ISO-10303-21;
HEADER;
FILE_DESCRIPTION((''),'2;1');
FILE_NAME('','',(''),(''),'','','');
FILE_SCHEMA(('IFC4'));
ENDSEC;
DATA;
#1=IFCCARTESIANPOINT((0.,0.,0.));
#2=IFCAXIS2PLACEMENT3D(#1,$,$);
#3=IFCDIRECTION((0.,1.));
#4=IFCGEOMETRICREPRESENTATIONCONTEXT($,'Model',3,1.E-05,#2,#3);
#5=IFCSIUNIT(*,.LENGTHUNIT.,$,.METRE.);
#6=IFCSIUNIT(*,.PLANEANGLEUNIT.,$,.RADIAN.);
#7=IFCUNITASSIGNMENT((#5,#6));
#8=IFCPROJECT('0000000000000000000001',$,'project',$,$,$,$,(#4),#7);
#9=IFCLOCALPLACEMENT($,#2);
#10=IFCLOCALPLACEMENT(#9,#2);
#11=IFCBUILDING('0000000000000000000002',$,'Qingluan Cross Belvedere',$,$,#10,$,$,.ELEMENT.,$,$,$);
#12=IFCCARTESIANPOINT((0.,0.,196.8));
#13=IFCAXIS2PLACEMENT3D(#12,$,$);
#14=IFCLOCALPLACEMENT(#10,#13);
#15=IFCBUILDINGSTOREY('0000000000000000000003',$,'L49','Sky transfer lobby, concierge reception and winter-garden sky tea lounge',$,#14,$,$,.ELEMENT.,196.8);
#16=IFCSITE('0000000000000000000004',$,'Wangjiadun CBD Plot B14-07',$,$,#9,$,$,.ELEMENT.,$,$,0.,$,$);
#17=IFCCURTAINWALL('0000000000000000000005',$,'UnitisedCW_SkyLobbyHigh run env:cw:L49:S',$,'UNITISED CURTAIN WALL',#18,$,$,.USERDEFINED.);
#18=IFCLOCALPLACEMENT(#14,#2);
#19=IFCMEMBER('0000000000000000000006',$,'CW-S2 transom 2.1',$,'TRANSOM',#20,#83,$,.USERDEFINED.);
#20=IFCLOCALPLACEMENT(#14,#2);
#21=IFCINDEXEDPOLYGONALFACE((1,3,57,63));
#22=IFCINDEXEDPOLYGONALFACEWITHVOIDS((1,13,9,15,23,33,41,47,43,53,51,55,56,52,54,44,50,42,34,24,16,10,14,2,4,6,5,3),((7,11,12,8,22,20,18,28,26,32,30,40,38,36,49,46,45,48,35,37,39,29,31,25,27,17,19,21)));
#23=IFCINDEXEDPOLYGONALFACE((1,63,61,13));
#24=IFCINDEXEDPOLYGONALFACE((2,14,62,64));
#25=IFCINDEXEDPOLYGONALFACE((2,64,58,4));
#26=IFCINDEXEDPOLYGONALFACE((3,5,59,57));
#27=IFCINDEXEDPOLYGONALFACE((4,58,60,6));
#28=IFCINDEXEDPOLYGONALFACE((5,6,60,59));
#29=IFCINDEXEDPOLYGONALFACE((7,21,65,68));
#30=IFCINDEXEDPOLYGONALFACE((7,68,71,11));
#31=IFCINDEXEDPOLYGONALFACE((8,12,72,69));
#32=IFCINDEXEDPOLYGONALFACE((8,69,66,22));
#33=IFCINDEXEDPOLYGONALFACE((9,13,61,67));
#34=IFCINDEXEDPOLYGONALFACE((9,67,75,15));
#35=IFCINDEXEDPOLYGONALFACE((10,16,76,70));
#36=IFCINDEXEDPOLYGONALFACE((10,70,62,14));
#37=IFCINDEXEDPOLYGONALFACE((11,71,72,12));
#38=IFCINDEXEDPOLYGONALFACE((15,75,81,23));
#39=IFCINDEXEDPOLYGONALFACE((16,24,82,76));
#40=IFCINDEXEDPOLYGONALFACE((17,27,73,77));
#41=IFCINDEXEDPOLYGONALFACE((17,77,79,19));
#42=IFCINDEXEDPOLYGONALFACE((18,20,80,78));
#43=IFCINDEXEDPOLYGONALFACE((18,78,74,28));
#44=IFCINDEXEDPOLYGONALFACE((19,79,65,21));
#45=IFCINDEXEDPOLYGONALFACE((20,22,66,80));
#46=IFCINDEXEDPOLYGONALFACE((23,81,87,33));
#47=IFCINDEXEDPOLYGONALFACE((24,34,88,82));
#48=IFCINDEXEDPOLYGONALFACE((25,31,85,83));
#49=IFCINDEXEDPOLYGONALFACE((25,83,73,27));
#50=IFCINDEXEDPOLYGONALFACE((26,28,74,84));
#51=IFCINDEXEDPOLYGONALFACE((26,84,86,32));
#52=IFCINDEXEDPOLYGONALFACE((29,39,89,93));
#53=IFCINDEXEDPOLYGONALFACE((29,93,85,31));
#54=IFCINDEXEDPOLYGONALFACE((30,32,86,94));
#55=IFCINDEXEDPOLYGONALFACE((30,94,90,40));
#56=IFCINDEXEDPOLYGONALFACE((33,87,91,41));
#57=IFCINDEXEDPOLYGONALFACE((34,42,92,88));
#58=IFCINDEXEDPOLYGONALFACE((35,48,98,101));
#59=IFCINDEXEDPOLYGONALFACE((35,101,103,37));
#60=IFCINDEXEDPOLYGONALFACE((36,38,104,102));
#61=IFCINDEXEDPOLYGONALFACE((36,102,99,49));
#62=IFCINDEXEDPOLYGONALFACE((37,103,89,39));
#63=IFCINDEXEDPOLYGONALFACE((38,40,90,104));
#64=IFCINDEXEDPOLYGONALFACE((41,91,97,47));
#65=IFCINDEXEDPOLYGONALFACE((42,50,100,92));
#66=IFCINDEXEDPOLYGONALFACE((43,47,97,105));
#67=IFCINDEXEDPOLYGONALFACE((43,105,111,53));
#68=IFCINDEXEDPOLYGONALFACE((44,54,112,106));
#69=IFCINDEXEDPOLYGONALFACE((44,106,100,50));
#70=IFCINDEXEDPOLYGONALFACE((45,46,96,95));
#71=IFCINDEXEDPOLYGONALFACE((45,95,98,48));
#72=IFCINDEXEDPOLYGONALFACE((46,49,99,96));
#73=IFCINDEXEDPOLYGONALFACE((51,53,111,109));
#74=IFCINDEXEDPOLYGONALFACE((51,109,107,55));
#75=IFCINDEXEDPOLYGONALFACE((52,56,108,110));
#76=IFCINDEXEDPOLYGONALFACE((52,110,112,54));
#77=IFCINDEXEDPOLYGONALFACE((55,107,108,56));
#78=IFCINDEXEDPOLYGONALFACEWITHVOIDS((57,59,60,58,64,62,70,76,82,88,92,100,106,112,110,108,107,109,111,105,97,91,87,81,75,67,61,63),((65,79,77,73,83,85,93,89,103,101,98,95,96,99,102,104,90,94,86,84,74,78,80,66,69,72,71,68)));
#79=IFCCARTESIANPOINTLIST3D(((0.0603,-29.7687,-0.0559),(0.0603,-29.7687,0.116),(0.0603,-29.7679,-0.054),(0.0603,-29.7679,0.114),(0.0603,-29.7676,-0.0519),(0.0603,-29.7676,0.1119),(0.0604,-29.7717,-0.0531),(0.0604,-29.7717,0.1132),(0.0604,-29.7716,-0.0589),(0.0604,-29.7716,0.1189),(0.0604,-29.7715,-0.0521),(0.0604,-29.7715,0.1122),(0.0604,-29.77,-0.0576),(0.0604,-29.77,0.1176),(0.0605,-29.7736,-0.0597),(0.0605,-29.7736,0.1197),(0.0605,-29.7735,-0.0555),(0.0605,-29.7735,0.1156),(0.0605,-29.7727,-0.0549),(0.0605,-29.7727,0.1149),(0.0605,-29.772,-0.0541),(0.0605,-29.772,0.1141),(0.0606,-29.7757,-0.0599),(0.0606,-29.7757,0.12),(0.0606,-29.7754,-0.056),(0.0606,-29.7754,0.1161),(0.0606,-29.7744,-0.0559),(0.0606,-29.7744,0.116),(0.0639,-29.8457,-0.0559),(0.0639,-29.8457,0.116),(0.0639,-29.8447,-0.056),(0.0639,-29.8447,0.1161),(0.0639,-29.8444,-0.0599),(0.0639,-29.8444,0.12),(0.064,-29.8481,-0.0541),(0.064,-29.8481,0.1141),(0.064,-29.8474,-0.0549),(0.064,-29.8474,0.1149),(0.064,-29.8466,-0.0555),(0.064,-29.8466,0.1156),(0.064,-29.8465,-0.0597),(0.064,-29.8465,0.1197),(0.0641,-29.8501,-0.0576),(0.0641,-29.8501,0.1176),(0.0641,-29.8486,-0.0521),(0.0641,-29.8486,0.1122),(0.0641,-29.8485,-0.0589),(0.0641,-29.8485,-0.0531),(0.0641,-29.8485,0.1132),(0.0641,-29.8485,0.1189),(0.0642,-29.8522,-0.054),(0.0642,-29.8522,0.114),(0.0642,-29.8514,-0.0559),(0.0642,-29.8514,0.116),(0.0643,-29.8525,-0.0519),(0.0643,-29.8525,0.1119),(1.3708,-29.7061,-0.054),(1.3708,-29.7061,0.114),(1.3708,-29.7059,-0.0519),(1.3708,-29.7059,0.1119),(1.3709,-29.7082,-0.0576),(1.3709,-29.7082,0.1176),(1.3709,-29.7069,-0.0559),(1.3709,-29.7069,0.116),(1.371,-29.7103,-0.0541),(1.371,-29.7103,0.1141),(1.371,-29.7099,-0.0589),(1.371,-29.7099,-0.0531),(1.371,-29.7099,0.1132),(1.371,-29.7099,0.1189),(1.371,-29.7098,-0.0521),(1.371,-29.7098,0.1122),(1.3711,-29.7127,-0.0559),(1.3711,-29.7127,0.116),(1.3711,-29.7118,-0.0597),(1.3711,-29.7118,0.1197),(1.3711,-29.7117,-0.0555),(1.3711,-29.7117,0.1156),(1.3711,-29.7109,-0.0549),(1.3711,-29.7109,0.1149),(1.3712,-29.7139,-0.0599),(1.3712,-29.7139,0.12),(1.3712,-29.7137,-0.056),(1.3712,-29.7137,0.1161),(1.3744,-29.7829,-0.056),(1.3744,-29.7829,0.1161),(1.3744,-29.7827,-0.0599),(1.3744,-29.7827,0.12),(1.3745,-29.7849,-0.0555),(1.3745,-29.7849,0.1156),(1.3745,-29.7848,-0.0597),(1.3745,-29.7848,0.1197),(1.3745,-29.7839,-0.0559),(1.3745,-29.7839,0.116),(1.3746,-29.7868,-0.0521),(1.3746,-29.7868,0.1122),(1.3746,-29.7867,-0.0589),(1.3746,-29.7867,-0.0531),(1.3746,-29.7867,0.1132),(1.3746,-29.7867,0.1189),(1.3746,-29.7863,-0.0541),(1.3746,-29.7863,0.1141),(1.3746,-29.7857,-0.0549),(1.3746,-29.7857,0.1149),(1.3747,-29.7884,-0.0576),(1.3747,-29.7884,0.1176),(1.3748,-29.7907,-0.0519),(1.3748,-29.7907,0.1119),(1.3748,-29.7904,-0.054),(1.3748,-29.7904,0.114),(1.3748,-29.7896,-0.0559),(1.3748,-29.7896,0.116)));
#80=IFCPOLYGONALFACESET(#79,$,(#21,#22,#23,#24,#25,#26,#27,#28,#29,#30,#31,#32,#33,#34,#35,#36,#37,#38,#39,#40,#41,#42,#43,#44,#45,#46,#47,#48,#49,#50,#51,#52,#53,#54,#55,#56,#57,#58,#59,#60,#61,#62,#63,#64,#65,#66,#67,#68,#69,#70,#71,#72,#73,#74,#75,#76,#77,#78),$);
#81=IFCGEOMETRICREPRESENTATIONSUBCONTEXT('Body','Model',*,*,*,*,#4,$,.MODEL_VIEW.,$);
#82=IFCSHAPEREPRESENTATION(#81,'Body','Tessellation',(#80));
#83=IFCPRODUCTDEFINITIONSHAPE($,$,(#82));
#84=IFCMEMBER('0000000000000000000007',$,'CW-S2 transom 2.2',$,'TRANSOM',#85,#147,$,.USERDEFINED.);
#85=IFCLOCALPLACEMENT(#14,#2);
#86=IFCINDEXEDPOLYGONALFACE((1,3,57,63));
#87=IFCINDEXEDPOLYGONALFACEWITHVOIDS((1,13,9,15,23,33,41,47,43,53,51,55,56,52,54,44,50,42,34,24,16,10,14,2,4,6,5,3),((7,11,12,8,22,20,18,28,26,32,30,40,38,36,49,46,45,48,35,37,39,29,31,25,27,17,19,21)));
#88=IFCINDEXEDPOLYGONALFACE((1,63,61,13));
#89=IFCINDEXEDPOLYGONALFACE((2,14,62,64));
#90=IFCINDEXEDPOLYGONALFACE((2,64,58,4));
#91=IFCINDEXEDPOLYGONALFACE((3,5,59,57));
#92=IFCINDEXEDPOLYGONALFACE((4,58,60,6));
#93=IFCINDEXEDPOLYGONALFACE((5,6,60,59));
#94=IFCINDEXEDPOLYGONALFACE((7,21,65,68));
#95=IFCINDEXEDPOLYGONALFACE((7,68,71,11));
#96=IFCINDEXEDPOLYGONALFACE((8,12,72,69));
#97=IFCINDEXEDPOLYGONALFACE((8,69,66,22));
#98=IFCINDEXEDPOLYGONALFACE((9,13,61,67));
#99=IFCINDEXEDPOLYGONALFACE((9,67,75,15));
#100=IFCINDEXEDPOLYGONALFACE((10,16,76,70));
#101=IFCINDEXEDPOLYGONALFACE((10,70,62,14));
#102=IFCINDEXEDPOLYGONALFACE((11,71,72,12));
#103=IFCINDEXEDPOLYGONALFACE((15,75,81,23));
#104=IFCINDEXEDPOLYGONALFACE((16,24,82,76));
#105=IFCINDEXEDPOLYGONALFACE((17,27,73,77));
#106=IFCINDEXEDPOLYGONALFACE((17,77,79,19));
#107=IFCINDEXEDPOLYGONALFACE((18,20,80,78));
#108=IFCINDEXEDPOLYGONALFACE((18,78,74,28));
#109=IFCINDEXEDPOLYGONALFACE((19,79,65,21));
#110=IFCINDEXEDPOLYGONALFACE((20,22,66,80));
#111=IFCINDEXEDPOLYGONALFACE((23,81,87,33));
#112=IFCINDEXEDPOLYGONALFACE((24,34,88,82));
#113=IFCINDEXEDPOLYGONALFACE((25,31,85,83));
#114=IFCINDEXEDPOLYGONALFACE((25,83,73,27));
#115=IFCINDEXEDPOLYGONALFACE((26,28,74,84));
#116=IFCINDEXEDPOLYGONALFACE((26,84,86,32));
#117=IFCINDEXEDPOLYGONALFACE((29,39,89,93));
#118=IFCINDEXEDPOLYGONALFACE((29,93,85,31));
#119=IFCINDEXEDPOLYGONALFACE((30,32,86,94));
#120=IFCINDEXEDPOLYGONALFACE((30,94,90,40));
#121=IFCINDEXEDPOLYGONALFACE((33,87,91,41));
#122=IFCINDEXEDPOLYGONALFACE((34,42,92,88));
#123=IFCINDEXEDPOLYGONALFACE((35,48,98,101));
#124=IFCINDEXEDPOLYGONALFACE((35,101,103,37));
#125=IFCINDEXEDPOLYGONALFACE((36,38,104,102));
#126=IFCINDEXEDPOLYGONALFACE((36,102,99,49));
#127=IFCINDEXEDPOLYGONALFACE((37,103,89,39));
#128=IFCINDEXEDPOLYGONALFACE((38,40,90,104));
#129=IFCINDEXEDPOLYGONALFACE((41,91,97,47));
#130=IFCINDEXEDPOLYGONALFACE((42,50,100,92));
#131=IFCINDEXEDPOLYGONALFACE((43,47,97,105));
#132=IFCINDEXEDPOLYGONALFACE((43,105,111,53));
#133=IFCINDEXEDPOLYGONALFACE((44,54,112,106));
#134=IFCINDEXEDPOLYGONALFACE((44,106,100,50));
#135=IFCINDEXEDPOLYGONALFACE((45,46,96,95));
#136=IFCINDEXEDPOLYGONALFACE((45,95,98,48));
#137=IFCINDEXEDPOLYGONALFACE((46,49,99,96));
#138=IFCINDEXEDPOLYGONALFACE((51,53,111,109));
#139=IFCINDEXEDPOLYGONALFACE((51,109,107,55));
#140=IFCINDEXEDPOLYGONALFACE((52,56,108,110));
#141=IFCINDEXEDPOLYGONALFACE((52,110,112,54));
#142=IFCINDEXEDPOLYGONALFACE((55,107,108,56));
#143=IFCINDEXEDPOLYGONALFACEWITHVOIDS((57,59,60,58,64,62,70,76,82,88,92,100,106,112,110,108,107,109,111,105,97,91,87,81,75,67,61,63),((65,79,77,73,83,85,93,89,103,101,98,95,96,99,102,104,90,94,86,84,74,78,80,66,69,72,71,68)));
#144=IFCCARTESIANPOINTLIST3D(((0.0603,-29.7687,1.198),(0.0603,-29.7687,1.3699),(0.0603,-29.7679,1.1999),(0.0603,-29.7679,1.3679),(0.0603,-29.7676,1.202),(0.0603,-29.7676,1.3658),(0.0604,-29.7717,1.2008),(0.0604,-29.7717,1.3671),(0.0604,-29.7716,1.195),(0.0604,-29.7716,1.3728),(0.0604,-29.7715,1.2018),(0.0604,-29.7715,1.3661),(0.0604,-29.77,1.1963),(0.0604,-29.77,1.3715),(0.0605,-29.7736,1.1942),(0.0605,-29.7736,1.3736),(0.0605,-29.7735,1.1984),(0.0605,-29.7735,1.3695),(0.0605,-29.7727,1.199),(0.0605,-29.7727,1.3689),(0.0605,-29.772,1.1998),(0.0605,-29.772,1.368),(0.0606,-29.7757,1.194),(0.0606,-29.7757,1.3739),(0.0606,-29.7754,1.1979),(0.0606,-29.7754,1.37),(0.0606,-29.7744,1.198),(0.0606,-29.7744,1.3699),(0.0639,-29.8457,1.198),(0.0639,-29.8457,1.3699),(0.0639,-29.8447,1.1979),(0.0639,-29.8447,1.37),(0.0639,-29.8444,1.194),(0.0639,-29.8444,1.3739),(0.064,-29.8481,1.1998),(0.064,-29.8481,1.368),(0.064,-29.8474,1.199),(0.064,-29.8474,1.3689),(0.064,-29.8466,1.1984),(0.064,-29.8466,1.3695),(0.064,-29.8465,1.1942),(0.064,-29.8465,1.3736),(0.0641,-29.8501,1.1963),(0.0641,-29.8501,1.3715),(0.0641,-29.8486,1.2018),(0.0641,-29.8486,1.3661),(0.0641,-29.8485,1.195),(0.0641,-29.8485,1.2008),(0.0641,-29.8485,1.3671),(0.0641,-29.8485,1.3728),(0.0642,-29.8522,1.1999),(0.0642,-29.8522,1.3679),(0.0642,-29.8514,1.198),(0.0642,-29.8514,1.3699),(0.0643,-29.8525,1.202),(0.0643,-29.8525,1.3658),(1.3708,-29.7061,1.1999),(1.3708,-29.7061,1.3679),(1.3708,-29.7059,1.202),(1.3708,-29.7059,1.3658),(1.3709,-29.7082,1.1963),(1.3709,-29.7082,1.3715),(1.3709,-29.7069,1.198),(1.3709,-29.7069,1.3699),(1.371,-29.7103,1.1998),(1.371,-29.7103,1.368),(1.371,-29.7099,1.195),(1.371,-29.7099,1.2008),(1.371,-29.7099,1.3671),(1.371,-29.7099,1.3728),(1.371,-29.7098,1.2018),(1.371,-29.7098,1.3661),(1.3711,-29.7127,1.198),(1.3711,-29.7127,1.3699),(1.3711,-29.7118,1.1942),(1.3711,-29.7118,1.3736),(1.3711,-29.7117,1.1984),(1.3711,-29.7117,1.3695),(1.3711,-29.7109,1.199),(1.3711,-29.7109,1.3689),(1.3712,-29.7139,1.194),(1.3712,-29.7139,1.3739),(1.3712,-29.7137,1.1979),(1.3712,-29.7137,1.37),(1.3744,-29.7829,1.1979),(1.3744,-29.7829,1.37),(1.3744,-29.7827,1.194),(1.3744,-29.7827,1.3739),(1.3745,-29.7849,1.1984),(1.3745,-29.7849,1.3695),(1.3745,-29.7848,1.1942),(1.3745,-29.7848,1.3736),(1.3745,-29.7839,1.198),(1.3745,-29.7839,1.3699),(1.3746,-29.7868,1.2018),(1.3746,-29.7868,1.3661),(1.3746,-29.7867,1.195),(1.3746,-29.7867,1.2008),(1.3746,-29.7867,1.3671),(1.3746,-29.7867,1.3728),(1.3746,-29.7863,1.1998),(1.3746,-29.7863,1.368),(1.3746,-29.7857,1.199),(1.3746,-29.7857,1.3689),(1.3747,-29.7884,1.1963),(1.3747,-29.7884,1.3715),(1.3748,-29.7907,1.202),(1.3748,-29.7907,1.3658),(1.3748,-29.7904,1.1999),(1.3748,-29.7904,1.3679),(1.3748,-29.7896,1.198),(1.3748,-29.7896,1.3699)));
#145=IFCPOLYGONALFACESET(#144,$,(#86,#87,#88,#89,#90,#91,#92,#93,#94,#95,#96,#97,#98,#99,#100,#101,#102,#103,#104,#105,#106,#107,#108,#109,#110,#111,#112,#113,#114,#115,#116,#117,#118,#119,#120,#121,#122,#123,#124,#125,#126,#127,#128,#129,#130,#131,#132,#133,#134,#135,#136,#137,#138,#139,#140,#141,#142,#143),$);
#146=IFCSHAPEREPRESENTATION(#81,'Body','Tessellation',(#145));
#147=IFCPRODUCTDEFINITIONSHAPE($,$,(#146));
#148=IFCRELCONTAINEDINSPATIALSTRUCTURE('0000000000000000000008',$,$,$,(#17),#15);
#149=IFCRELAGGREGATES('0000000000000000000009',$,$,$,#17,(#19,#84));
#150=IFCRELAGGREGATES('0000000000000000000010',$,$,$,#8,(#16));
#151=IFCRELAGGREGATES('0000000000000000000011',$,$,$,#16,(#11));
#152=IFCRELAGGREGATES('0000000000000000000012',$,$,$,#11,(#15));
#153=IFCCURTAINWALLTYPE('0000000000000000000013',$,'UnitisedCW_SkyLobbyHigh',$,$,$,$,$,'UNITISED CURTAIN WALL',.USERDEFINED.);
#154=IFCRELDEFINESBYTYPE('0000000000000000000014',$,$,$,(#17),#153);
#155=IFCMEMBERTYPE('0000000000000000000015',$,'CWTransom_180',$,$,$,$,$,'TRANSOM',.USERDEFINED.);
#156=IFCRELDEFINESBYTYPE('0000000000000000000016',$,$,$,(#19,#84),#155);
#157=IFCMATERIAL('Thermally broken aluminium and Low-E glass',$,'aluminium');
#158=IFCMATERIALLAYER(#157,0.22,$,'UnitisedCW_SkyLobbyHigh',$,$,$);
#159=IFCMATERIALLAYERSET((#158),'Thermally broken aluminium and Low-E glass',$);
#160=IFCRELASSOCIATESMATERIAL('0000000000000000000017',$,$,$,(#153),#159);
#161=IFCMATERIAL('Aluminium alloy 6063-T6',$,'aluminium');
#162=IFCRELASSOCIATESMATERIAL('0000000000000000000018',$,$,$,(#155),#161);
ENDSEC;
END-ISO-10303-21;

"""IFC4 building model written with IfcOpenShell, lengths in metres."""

from ifc_helpers import new_model, si_unit, direction, frame, origin, origin_2d, place, context, subcontext, project, spatial, hollow_rectangle, extrude, material, layer, layer_set, material_profile, profile_set, type_object, element, aggregate, save


model = new_model("IFC4")

# Units and contexts
model_context = context("Model", 3, precision=1e-05, world=origin(), true_north=direction((0.0, 1.0)))
body_context = subcontext(model_context, "Body", "Model", "MODEL_VIEW")
ifc_project = project(units=[si_unit("LENGTHUNIT", "METRE"), si_unit("PLANEANGLEUNIT", "RADIAN")], contexts=[model_context])

# Site, building, storey
site_placement = place(None, origin())
site = spatial("IfcSite", under=ifc_project, at=site_placement, Name="Wangjiadun CBD Plot B14-07", CompositionType="ELEMENT", RefElevation=0.0)
building_placement = place(site_placement, origin())
building = spatial("IfcBuilding", under=site, at=building_placement, Name="Qingluan Cross Belvedere", CompositionType="ELEMENT")
storey_placement = place(building_placement, frame((0.0, 0.0, 196.8)))
storey = spatial("IfcBuildingStorey", under=building, at=storey_placement, Name="L49", Description="Sky transfer lobby, concierge reception and winter-garden sky tea lounge", CompositionType="ELEMENT", Elevation=196.8)

# Curtain wall, members
ifc_material_1 = material(Name="Thermally broken aluminium and Low-E glass", Category="aluminium")
ifc_layer_1 = layer(ifc_material_1, 0.22, Name="UnitisedCW_SkyLobbyHigh")
ifc_layer_set_1 = layer_set([ifc_layer_1], Name="Thermally broken aluminium and Low-E glass")
curtain_wall_type = type_object("IfcCurtainWallType", Name="UnitisedCW_SkyLobbyHigh", ElementType="UNITISED CURTAIN WALL", PredefinedType="USERDEFINED", material=ifc_layer_set_1)
curtain_wall_placement = place(storey_placement, origin())
curtain_wall = element("IfcCurtainWall", 1, at=curtain_wall_placement, inside=storey, type_object=curtain_wall_type, Name="UnitisedCW_SkyLobbyHigh run env:cw:L49:S", ObjectType="UNITISED CURTAIN WALL", PredefinedType="USERDEFINED")
ifc_material_2 = material(Name="Aluminium alloy 6063-T6", Category="aluminium")
ifc_material_profile_1 = material_profile(ifc_material_2, hollow_rectangle(XDim=0.085, YDim=0.1799, WallThickness=0.0039, InnerFilletRadius=0.0039, OuterFilletRadius=0.0081, at=origin_2d()), Name="CWT180x85x4")
ifc_profile_set_1 = profile_set([ifc_material_profile_1], Name="Aluminium alloy 6063-T6")
member_type_1 = type_object("IfcMemberType", Name="CWTransom_180", ElementType="TRANSOM", PredefinedType="USERDEFINED", material=ifc_profile_set_1)
member_1_placement = place(storey_placement, frame((0.0623, -29.8101, 0.03), z_axis=(0.998891, 0.047079, 0.0), x_axis=(-0.047079, 0.998891, 0.0)))
member_1 = element("IfcMember", 2, at=member_1_placement, type_object=member_type_1, Name="CW-S2 transom 2.1", ObjectType="TRANSOM", PredefinedType="USERDEFINED", context=body_context, shape_type="SweptSolid", body=[
    extrude(hollow_rectangle(XDim=0.085, YDim=0.1799, WallThickness=0.0039, InnerFilletRadius=0.0039, OuterFilletRadius=0.0081, at=origin_2d()), origin(), (0.0, 0.0, 1.0), 1.312),
])
member_2_placement = place(storey_placement, frame((0.0623, -29.8101, 1.2839), z_axis=(0.998891, 0.047079, 0.0), x_axis=(-0.047079, 0.998891, 0.0)))
member_2 = element("IfcMember", 3, at=member_2_placement, type_object=member_type_1, Name="CW-S2 transom 2.2", ObjectType="TRANSOM", PredefinedType="USERDEFINED", context=body_context, shape_type="SweptSolid", body=[
    extrude(hollow_rectangle(XDim=0.085, YDim=0.1799, WallThickness=0.0039, InnerFilletRadius=0.0039, OuterFilletRadius=0.0081, at=origin_2d()), origin(), (0.0, 0.0, 1.0), 1.312),
])
aggregate(curtain_wall, [member_1, member_2])

save(model, "model.ifc")
